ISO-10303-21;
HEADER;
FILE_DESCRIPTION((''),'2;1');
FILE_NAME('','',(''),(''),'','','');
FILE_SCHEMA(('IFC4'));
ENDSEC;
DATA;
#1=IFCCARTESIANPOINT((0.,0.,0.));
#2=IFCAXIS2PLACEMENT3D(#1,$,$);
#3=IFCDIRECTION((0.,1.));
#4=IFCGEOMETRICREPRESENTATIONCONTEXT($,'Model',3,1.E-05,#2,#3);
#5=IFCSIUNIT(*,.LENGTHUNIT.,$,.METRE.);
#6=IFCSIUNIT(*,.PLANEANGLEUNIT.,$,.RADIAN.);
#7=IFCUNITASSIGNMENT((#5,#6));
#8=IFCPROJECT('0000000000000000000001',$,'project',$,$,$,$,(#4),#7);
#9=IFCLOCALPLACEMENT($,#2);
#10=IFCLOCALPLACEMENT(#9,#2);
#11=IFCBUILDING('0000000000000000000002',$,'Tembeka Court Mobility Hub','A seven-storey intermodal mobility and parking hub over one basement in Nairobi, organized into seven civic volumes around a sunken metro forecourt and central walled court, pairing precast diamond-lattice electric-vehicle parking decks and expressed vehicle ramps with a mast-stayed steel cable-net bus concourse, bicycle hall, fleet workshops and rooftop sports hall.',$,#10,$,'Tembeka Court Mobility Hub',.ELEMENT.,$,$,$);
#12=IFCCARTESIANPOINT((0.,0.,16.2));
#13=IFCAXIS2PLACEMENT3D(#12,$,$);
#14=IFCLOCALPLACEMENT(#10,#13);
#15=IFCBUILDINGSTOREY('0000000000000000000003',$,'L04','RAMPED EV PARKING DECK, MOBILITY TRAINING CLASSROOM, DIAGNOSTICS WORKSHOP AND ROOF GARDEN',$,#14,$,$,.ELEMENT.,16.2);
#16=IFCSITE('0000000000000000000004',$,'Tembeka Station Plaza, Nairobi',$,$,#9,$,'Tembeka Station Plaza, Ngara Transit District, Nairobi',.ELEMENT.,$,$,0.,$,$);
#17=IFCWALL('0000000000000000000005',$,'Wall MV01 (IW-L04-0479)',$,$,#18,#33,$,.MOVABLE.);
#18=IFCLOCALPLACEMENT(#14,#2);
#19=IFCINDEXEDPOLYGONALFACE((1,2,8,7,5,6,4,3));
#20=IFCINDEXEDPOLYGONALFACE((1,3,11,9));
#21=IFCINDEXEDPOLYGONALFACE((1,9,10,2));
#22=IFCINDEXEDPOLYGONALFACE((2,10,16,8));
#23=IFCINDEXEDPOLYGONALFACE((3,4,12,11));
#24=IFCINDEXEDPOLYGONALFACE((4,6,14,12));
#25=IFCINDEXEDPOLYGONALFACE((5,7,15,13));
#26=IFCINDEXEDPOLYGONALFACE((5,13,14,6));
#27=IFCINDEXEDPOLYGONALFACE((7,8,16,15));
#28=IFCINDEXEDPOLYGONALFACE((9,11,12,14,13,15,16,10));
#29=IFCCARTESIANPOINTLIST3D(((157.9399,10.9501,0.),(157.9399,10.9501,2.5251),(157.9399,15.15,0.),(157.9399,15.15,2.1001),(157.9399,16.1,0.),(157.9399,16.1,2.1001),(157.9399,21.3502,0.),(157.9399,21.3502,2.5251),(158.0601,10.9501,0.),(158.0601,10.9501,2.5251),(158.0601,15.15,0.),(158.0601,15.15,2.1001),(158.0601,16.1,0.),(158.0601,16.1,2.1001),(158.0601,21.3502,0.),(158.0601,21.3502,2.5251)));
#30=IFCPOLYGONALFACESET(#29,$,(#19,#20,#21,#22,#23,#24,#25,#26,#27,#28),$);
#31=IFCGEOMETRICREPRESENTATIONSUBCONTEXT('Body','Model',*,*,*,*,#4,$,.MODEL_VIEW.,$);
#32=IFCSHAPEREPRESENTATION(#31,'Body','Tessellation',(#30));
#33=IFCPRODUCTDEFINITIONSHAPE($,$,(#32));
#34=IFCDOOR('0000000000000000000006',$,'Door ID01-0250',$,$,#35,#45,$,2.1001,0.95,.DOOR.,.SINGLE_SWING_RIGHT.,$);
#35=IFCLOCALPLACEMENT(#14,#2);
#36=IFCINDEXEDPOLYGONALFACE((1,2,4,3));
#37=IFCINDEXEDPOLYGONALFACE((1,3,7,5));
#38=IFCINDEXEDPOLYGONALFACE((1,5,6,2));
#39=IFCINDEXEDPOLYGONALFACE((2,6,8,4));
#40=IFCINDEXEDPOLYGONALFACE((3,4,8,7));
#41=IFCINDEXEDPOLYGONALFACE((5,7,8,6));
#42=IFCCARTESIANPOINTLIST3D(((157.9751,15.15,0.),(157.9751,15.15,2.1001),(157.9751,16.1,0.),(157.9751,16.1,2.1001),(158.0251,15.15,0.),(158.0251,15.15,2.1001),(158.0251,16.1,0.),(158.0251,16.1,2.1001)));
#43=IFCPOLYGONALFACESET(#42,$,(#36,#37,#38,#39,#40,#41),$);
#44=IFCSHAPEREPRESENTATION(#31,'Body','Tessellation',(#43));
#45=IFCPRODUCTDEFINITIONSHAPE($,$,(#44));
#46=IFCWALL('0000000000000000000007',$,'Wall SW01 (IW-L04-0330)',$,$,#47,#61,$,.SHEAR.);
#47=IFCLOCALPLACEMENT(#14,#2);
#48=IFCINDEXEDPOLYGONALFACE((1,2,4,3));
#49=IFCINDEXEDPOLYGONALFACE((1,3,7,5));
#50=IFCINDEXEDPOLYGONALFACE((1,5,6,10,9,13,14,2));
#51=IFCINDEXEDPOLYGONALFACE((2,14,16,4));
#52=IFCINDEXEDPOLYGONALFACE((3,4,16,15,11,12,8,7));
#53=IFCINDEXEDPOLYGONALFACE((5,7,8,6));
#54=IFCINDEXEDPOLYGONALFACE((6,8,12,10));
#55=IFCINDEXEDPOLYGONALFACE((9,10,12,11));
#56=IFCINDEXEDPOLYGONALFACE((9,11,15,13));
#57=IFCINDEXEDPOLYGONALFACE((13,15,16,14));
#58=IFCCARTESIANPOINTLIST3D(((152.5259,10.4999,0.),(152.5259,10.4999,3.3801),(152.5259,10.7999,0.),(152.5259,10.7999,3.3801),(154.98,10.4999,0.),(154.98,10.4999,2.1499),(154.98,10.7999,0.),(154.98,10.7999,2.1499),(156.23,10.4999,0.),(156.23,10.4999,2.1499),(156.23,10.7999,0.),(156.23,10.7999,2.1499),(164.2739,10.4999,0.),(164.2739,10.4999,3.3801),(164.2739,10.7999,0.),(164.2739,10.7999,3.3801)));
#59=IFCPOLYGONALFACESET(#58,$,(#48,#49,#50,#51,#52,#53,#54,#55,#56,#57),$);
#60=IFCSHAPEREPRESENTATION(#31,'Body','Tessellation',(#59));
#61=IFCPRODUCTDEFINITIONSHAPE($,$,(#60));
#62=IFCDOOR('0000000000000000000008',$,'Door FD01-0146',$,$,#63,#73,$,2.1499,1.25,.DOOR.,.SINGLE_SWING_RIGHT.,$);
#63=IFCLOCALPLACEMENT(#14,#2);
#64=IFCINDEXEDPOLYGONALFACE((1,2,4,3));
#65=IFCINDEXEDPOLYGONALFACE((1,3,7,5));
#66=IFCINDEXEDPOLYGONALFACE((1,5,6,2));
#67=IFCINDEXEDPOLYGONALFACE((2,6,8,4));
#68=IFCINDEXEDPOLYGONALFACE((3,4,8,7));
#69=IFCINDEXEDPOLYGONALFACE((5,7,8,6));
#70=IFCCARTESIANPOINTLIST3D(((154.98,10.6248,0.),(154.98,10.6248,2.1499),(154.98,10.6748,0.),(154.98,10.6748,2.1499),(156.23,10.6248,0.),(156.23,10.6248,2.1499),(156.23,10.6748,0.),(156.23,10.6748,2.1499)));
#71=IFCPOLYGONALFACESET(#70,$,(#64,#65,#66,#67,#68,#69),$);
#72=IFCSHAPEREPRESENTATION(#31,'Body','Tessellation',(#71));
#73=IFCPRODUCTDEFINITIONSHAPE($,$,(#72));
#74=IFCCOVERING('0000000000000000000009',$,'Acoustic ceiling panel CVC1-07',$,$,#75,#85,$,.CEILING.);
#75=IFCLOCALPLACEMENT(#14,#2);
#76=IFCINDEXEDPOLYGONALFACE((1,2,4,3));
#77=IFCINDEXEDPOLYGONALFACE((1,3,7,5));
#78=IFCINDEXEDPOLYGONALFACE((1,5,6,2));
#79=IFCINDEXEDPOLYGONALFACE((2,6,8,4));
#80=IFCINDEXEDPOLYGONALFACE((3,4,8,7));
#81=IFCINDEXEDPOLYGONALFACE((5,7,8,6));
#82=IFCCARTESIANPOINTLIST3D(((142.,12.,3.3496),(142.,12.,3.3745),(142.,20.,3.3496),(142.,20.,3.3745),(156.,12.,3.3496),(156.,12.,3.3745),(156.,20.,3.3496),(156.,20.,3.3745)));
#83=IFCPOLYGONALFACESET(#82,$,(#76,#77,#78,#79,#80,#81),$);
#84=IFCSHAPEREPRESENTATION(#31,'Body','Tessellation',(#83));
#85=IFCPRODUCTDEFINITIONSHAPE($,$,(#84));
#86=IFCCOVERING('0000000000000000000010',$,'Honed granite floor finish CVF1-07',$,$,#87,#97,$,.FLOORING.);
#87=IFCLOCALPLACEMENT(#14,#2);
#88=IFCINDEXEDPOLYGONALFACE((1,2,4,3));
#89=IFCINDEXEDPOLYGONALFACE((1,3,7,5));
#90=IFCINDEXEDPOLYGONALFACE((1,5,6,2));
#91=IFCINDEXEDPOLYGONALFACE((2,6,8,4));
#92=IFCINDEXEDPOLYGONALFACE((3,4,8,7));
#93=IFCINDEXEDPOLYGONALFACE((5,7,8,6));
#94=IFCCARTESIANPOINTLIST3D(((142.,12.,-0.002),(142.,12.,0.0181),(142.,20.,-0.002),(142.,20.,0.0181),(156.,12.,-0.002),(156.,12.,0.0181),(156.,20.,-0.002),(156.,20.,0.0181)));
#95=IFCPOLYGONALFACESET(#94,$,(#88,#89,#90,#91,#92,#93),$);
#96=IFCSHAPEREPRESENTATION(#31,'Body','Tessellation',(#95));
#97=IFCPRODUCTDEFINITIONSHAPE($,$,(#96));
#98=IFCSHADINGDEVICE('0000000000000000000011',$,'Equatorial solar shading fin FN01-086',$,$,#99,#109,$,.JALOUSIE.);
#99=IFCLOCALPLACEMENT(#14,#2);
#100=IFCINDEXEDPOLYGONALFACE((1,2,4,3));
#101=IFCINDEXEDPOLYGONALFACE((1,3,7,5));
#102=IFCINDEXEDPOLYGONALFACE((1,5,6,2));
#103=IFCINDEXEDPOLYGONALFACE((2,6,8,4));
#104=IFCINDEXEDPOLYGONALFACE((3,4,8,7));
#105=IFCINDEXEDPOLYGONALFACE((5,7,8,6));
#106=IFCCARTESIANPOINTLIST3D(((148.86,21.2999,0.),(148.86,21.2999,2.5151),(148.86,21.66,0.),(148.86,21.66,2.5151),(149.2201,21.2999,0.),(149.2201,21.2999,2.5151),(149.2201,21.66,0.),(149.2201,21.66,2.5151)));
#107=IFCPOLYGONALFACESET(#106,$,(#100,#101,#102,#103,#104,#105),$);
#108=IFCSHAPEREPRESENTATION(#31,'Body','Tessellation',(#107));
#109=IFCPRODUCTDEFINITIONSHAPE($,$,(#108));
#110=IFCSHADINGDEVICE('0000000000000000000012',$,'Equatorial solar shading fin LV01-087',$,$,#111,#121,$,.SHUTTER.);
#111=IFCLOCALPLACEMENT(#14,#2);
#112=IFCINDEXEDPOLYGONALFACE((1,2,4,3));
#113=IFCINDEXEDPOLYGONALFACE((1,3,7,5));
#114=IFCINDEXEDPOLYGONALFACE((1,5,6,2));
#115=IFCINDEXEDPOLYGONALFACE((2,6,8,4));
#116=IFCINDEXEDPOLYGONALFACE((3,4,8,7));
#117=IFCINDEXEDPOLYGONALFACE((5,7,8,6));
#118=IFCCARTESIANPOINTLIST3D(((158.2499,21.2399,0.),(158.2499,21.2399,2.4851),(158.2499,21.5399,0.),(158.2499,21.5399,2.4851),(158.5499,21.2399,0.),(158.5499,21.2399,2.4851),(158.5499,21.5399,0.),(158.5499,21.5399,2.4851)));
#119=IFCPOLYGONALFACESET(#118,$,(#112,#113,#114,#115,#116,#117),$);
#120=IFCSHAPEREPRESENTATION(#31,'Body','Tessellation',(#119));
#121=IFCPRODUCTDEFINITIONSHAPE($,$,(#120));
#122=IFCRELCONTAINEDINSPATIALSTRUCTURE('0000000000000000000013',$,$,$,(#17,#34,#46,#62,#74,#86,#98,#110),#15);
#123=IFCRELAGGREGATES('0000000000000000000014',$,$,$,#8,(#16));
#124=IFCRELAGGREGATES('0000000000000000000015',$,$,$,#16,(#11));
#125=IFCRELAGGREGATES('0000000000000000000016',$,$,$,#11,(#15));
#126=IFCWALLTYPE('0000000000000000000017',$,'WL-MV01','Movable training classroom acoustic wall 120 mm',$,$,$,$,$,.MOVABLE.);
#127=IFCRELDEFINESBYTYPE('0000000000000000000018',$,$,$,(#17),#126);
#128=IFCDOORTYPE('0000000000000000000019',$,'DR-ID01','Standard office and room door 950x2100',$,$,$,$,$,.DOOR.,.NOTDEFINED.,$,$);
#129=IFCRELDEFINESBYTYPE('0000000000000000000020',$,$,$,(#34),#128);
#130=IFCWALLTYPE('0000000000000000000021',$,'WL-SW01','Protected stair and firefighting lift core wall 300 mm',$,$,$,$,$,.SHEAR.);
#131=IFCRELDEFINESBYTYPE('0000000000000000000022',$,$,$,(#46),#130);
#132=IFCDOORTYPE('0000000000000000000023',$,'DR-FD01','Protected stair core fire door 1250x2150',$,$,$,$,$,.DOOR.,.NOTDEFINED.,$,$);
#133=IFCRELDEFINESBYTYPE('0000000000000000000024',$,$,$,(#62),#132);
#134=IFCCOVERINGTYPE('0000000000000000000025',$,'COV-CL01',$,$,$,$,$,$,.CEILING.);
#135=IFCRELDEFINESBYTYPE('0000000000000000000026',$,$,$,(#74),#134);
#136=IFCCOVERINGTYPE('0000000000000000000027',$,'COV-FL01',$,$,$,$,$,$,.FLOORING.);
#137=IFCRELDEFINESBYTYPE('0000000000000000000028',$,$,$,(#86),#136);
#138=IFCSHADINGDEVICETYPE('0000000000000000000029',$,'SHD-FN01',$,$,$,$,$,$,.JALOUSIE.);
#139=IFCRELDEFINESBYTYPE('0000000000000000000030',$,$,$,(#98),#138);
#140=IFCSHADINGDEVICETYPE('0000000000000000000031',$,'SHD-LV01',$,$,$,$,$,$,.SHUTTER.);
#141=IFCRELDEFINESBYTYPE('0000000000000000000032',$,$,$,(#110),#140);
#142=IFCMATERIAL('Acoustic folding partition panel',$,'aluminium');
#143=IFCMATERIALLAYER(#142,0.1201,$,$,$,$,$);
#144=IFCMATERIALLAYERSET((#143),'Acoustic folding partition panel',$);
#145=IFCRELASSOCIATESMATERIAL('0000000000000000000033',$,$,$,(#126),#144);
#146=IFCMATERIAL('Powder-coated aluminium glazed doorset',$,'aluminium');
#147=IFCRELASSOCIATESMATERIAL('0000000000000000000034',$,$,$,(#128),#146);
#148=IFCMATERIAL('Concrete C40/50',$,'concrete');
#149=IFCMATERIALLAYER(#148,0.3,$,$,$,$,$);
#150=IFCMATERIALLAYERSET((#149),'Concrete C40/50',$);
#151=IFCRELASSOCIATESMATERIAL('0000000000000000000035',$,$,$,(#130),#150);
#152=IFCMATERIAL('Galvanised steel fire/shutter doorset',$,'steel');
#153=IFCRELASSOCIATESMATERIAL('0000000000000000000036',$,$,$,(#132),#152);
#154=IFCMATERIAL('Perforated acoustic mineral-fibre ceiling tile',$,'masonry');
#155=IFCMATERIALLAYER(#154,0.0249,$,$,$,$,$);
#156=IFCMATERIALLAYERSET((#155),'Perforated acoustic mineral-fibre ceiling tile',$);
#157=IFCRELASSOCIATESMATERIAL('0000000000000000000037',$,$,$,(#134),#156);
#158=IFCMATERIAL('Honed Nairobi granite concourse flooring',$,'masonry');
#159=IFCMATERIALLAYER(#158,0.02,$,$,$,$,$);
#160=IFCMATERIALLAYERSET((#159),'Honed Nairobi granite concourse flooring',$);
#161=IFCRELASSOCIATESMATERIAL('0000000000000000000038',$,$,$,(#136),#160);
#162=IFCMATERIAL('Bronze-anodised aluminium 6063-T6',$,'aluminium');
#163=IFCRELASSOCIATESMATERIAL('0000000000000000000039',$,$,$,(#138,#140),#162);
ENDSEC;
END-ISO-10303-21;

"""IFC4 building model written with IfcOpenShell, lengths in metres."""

from ifc_helpers import new_model, si_unit, direction, frame, frame_2d, origin, origin_2d, place, context, subcontext, project, spatial, rectangle, extrude, material, layer, layer_set, material_profile, profile_set, type_object, element, fill, save


model = new_model("IFC4")

# Units and contexts
model_context = context("Model", 3, precision=1e-05, world=origin(), true_north=direction((0.0, 1.0)))
body_context = subcontext(model_context, "Body", "Model", "MODEL_VIEW")
ifc_project = project(units=[si_unit("LENGTHUNIT", "METRE"), si_unit("PLANEANGLEUNIT", "RADIAN")], contexts=[model_context])

# Site, building, storey
site_placement = place(None, origin())
site = spatial("IfcSite", under=ifc_project, at=site_placement, Name="Tembeka Station Plaza, Nairobi", LongName="Tembeka Station Plaza, Ngara Transit District, Nairobi", CompositionType="ELEMENT", RefElevation=0.0)
building_placement = place(site_placement, origin())
building = spatial("IfcBuilding", under=site, at=building_placement, Name="Tembeka Court Mobility Hub", Description="A seven-storey intermodal mobility and parking hub over one basement in Nairobi, organized into seven civic volumes around a sunken metro forecourt and central walled court, pairing precast diamond-lattice electric-vehicle parking decks and expressed vehicle ramps with a mast-stayed steel cable-net bus concourse, bicycle hall, fleet workshops and rooftop sports hall.", LongName="Tembeka Court Mobility Hub", CompositionType="ELEMENT")
storey_placement = place(building_placement, frame((0.0, 0.0, 16.2)))
storey = spatial("IfcBuildingStorey", under=building, at=storey_placement, Name="L04", Description="RAMPED EV PARKING DECK, MOBILITY TRAINING CLASSROOM, DIAGNOSTICS WORKSHOP AND ROOF GARDEN", CompositionType="ELEMENT", Elevation=16.2)

# Walls, openings, doors
ifc_material_1 = material(Name="Acoustic folding partition panel", Category="aluminium")
ifc_layer_1 = layer(ifc_material_1, 0.1201)
ifc_layer_set_1 = layer_set([ifc_layer_1], Name="Acoustic folding partition panel")
wall_type_1 = type_object("IfcWallType", Name="WL-MV01", Description="Movable training classroom acoustic wall 120 mm", PredefinedType="MOVABLE", material=ifc_layer_set_1)
ifc_material_2 = material(Name="Powder-coated aluminium glazed doorset", Category="aluminium")
door_type_1 = type_object("IfcDoorType", Name="DR-ID01", Description="Standard office and room door 950x2100", OperationType="NOTDEFINED", PredefinedType="DOOR", material=ifc_material_2)
wall_1_placement = place(storey_placement, frame((158.0, 10.95, 0.0), z_axis=(0.0, 0.0, 1.0), x_axis=(0.0, 1.0, 0.0)))
wall_1 = element("IfcWall", 1, at=wall_1_placement, inside=storey, type_object=wall_type_1, Name="Wall MV01 (IW-L04-0479)", PredefinedType="MOVABLE", context=body_context, shape_type="SweptSolid", body=[
    extrude(rectangle(XDim=10.4001, YDim=0.1201, at=frame_2d((5.2002, 0.0))), origin(), (0.0, 0.0, 1.0), 2.5251),
])
opening_1_placement = place(wall_1_placement, frame((4.2, 0.0, 0.0)))
opening_1 = element("IfcOpeningElement", 2, at=opening_1_placement, cuts=wall_1, PredefinedType="OPENING", context=body_context, shape_type="SweptSolid", body=[
    extrude(rectangle(XDim=0.95, YDim=2.1001, at=frame_2d((0.4751, 1.05))), frame((0.0, 0.0701, 0.0), z_axis=(0.0, -1.0, 0.0), x_axis=(1.0, 0.0, 0.0)), (0.0, 0.0, 1.0), 0.1401),
])
door_1_placement = place(opening_1_placement, origin())
door_1 = element("IfcDoor", 3, at=door_1_placement, inside=storey, type_object=door_type_1, Name="Door ID01-0250", OperationType="SINGLE_SWING_RIGHT", OverallHeight=2.1001, OverallWidth=0.95, PredefinedType="DOOR", context=body_context, shape_type="SweptSolid", body=[
    extrude(rectangle(XDim=0.95, YDim=2.1001, at=frame_2d((0.4751, 1.05))), frame((0.0, 0.0249, 0.0), z_axis=(0.0, -1.0, 0.0), x_axis=(1.0, 0.0, 0.0)), (0.0, 0.0, 1.0), 0.05),
])
fill(opening_1, door_1)
ifc_material_3 = material(Name="Concrete C40/50", Category="concrete")
ifc_layer_2 = layer(ifc_material_3, 0.3)
ifc_layer_set_2 = layer_set([ifc_layer_2], Name="Concrete C40/50")
wall_type_2 = type_object("IfcWallType", Name="WL-SW01", Description="Protected stair and firefighting lift core wall 300 mm", PredefinedType="SHEAR", material=ifc_layer_set_2)
wall_2_placement = place(storey_placement, frame((152.5259, 10.6499, 0.0), z_axis=(0.0, 0.0, 1.0), x_axis=(1.0, 0.0, 0.0)))
wall_2 = element("IfcWall", 4, at=wall_2_placement, inside=storey, type_object=wall_type_2, Name="Wall SW01 (IW-L04-0330)", PredefinedType="SHEAR", context=body_context, shape_type="SweptSolid", body=[
    extrude(rectangle(XDim=11.748, YDim=0.3, at=frame_2d((5.874, 0.0))), origin(), (0.0, 0.0, 1.0), 3.3801),
])
opening_2_placement = place(wall_2_placement, frame((2.4541, 0.0, 0.0)))
opening_2 = element("IfcOpeningElement", 5, at=opening_2_placement, cuts=wall_2, PredefinedType="OPENING", context=body_context, shape_type="SweptSolid", body=[
    extrude(rectangle(XDim=1.25, YDim=2.1499, at=frame_2d((0.625, 1.075))), frame((0.0, 0.1602, 0.0), z_axis=(0.0, -1.0, 0.0), x_axis=(1.0, 0.0, 0.0)), (0.0, 0.0, 1.0), 0.3201),
])
ifc_material_4 = material(Name="Galvanised steel fire/shutter doorset", Category="steel")
door_type_2 = type_object("IfcDoorType", Name="DR-FD01", Description="Protected stair core fire door 1250x2150", OperationType="NOTDEFINED", PredefinedType="DOOR", material=ifc_material_4)
door_2_placement = place(opening_2_placement, origin())
door_2 = element("IfcDoor", 6, at=door_2_placement, inside=storey, type_object=door_type_2, Name="Door FD01-0146", OperationType="SINGLE_SWING_RIGHT", OverallHeight=2.1499, OverallWidth=1.25, PredefinedType="DOOR", context=body_context, shape_type="SweptSolid", body=[
    extrude(rectangle(XDim=1.25, YDim=2.1499, at=frame_2d((0.625, 1.075))), frame((0.0, 0.0249, 0.0), z_axis=(0.0, -1.0, 0.0), x_axis=(1.0, 0.0, 0.0)), (0.0, 0.0, 1.0), 0.05),
])
fill(opening_2, door_2)

# Coverings
ifc_material_5 = material(Name="Perforated acoustic mineral-fibre ceiling tile", Category="masonry")
ifc_layer_3 = layer(ifc_material_5, 0.0249)
ifc_layer_set_3 = layer_set([ifc_layer_3], Name="Perforated acoustic mineral-fibre ceiling tile")
covering_type_1 = type_object("IfcCoveringType", Name="COV-CL01", PredefinedType="CEILING", material=ifc_layer_set_3)
covering_1_placement = place(storey_placement, frame((149.0, 16.0, 3.3496), z_axis=(0.0, 0.0, 1.0), x_axis=(1.0, 0.0, 0.0)))
element("IfcCovering", 7, at=covering_1_placement, inside=storey, type_object=covering_type_1, Name="Acoustic ceiling panel CVC1-07", PredefinedType="CEILING", context=body_context, shape_type="SweptSolid", body=[
    extrude(rectangle(XDim=14.0, YDim=8.0, at=origin_2d()), origin(), (0.0, 0.0, 1.0), 0.0249),
])
ifc_material_6 = material(Name="Honed Nairobi granite concourse flooring", Category="masonry")
ifc_layer_4 = layer(ifc_material_6, 0.02)
ifc_layer_set_4 = layer_set([ifc_layer_4], Name="Honed Nairobi granite concourse flooring")
covering_type_2 = type_object("IfcCoveringType", Name="COV-FL01", PredefinedType="FLOORING", material=ifc_layer_set_4)
covering_2_placement = place(storey_placement, frame((149.0, 16.0, -0.002), z_axis=(0.0, 0.0, 1.0), x_axis=(1.0, 0.0, 0.0)))
element("IfcCovering", 8, at=covering_2_placement, inside=storey, type_object=covering_type_2, Name="Honed granite floor finish CVF1-07", PredefinedType="FLOORING", context=body_context, shape_type="SweptSolid", body=[
    extrude(rectangle(XDim=14.0, YDim=8.0, at=origin_2d()), origin(), (0.0, 0.0, 1.0), 0.02),
])

# Shading devices
ifc_material_7 = material(Name="Bronze-anodised aluminium 6063-T6", Category="aluminium")
ifc_material_profile_1 = material_profile(ifc_material_7, rectangle(XDim=0.3601, YDim=0.3601, at=origin_2d()), Name="ALU-FIN 360x360")
ifc_profile_set_1 = profile_set([ifc_material_profile_1], Name="Bronze-anodised aluminium 6063-T6")
shading_device_type_1 = type_object("IfcShadingDeviceType", Name="SHD-FN01", PredefinedType="JALOUSIE", material=ifc_profile_set_1)
shading_device_1_placement = place(storey_placement, frame((149.04, 21.48, 0.0), z_axis=(0.0, 0.0, 1.0), x_axis=(1.0, 0.0, 0.0)))
element("IfcShadingDevice", 9, at=shading_device_1_placement, inside=storey, type_object=shading_device_type_1, Name="Equatorial solar shading fin FN01-086", PredefinedType="JALOUSIE", context=body_context, shape_type="SweptSolid", body=[
    extrude(rectangle(XDim=0.3601, YDim=0.3601, at=origin_2d()), origin(), (0.0, 0.0, 1.0), 2.5151),
])
ifc_material_profile_2 = material_profile(ifc_material_7, rectangle(XDim=0.3, YDim=0.3, at=origin_2d()), Name="ALU-LVR 300x300")
ifc_profile_set_2 = profile_set([ifc_material_profile_2], Name="Bronze-anodised aluminium 6063-T6")
shading_device_type_2 = type_object("IfcShadingDeviceType", Name="SHD-LV01", PredefinedType="SHUTTER", material=ifc_profile_set_2)
shading_device_2_placement = place(storey_placement, frame((158.3999, 21.3899, 0.0), z_axis=(0.0, 0.0, 1.0), x_axis=(1.0, 0.0, 0.0)))
element("IfcShadingDevice", 10, at=shading_device_2_placement, inside=storey, type_object=shading_device_type_2, Name="Equatorial solar shading fin LV01-087", PredefinedType="SHUTTER", context=body_context, shape_type="SweptSolid", body=[
    extrude(rectangle(XDim=0.3, YDim=0.3, at=origin_2d()), origin(), (0.0, 0.0, 1.0), 2.4851),
])

save(model, "model.ifc")
